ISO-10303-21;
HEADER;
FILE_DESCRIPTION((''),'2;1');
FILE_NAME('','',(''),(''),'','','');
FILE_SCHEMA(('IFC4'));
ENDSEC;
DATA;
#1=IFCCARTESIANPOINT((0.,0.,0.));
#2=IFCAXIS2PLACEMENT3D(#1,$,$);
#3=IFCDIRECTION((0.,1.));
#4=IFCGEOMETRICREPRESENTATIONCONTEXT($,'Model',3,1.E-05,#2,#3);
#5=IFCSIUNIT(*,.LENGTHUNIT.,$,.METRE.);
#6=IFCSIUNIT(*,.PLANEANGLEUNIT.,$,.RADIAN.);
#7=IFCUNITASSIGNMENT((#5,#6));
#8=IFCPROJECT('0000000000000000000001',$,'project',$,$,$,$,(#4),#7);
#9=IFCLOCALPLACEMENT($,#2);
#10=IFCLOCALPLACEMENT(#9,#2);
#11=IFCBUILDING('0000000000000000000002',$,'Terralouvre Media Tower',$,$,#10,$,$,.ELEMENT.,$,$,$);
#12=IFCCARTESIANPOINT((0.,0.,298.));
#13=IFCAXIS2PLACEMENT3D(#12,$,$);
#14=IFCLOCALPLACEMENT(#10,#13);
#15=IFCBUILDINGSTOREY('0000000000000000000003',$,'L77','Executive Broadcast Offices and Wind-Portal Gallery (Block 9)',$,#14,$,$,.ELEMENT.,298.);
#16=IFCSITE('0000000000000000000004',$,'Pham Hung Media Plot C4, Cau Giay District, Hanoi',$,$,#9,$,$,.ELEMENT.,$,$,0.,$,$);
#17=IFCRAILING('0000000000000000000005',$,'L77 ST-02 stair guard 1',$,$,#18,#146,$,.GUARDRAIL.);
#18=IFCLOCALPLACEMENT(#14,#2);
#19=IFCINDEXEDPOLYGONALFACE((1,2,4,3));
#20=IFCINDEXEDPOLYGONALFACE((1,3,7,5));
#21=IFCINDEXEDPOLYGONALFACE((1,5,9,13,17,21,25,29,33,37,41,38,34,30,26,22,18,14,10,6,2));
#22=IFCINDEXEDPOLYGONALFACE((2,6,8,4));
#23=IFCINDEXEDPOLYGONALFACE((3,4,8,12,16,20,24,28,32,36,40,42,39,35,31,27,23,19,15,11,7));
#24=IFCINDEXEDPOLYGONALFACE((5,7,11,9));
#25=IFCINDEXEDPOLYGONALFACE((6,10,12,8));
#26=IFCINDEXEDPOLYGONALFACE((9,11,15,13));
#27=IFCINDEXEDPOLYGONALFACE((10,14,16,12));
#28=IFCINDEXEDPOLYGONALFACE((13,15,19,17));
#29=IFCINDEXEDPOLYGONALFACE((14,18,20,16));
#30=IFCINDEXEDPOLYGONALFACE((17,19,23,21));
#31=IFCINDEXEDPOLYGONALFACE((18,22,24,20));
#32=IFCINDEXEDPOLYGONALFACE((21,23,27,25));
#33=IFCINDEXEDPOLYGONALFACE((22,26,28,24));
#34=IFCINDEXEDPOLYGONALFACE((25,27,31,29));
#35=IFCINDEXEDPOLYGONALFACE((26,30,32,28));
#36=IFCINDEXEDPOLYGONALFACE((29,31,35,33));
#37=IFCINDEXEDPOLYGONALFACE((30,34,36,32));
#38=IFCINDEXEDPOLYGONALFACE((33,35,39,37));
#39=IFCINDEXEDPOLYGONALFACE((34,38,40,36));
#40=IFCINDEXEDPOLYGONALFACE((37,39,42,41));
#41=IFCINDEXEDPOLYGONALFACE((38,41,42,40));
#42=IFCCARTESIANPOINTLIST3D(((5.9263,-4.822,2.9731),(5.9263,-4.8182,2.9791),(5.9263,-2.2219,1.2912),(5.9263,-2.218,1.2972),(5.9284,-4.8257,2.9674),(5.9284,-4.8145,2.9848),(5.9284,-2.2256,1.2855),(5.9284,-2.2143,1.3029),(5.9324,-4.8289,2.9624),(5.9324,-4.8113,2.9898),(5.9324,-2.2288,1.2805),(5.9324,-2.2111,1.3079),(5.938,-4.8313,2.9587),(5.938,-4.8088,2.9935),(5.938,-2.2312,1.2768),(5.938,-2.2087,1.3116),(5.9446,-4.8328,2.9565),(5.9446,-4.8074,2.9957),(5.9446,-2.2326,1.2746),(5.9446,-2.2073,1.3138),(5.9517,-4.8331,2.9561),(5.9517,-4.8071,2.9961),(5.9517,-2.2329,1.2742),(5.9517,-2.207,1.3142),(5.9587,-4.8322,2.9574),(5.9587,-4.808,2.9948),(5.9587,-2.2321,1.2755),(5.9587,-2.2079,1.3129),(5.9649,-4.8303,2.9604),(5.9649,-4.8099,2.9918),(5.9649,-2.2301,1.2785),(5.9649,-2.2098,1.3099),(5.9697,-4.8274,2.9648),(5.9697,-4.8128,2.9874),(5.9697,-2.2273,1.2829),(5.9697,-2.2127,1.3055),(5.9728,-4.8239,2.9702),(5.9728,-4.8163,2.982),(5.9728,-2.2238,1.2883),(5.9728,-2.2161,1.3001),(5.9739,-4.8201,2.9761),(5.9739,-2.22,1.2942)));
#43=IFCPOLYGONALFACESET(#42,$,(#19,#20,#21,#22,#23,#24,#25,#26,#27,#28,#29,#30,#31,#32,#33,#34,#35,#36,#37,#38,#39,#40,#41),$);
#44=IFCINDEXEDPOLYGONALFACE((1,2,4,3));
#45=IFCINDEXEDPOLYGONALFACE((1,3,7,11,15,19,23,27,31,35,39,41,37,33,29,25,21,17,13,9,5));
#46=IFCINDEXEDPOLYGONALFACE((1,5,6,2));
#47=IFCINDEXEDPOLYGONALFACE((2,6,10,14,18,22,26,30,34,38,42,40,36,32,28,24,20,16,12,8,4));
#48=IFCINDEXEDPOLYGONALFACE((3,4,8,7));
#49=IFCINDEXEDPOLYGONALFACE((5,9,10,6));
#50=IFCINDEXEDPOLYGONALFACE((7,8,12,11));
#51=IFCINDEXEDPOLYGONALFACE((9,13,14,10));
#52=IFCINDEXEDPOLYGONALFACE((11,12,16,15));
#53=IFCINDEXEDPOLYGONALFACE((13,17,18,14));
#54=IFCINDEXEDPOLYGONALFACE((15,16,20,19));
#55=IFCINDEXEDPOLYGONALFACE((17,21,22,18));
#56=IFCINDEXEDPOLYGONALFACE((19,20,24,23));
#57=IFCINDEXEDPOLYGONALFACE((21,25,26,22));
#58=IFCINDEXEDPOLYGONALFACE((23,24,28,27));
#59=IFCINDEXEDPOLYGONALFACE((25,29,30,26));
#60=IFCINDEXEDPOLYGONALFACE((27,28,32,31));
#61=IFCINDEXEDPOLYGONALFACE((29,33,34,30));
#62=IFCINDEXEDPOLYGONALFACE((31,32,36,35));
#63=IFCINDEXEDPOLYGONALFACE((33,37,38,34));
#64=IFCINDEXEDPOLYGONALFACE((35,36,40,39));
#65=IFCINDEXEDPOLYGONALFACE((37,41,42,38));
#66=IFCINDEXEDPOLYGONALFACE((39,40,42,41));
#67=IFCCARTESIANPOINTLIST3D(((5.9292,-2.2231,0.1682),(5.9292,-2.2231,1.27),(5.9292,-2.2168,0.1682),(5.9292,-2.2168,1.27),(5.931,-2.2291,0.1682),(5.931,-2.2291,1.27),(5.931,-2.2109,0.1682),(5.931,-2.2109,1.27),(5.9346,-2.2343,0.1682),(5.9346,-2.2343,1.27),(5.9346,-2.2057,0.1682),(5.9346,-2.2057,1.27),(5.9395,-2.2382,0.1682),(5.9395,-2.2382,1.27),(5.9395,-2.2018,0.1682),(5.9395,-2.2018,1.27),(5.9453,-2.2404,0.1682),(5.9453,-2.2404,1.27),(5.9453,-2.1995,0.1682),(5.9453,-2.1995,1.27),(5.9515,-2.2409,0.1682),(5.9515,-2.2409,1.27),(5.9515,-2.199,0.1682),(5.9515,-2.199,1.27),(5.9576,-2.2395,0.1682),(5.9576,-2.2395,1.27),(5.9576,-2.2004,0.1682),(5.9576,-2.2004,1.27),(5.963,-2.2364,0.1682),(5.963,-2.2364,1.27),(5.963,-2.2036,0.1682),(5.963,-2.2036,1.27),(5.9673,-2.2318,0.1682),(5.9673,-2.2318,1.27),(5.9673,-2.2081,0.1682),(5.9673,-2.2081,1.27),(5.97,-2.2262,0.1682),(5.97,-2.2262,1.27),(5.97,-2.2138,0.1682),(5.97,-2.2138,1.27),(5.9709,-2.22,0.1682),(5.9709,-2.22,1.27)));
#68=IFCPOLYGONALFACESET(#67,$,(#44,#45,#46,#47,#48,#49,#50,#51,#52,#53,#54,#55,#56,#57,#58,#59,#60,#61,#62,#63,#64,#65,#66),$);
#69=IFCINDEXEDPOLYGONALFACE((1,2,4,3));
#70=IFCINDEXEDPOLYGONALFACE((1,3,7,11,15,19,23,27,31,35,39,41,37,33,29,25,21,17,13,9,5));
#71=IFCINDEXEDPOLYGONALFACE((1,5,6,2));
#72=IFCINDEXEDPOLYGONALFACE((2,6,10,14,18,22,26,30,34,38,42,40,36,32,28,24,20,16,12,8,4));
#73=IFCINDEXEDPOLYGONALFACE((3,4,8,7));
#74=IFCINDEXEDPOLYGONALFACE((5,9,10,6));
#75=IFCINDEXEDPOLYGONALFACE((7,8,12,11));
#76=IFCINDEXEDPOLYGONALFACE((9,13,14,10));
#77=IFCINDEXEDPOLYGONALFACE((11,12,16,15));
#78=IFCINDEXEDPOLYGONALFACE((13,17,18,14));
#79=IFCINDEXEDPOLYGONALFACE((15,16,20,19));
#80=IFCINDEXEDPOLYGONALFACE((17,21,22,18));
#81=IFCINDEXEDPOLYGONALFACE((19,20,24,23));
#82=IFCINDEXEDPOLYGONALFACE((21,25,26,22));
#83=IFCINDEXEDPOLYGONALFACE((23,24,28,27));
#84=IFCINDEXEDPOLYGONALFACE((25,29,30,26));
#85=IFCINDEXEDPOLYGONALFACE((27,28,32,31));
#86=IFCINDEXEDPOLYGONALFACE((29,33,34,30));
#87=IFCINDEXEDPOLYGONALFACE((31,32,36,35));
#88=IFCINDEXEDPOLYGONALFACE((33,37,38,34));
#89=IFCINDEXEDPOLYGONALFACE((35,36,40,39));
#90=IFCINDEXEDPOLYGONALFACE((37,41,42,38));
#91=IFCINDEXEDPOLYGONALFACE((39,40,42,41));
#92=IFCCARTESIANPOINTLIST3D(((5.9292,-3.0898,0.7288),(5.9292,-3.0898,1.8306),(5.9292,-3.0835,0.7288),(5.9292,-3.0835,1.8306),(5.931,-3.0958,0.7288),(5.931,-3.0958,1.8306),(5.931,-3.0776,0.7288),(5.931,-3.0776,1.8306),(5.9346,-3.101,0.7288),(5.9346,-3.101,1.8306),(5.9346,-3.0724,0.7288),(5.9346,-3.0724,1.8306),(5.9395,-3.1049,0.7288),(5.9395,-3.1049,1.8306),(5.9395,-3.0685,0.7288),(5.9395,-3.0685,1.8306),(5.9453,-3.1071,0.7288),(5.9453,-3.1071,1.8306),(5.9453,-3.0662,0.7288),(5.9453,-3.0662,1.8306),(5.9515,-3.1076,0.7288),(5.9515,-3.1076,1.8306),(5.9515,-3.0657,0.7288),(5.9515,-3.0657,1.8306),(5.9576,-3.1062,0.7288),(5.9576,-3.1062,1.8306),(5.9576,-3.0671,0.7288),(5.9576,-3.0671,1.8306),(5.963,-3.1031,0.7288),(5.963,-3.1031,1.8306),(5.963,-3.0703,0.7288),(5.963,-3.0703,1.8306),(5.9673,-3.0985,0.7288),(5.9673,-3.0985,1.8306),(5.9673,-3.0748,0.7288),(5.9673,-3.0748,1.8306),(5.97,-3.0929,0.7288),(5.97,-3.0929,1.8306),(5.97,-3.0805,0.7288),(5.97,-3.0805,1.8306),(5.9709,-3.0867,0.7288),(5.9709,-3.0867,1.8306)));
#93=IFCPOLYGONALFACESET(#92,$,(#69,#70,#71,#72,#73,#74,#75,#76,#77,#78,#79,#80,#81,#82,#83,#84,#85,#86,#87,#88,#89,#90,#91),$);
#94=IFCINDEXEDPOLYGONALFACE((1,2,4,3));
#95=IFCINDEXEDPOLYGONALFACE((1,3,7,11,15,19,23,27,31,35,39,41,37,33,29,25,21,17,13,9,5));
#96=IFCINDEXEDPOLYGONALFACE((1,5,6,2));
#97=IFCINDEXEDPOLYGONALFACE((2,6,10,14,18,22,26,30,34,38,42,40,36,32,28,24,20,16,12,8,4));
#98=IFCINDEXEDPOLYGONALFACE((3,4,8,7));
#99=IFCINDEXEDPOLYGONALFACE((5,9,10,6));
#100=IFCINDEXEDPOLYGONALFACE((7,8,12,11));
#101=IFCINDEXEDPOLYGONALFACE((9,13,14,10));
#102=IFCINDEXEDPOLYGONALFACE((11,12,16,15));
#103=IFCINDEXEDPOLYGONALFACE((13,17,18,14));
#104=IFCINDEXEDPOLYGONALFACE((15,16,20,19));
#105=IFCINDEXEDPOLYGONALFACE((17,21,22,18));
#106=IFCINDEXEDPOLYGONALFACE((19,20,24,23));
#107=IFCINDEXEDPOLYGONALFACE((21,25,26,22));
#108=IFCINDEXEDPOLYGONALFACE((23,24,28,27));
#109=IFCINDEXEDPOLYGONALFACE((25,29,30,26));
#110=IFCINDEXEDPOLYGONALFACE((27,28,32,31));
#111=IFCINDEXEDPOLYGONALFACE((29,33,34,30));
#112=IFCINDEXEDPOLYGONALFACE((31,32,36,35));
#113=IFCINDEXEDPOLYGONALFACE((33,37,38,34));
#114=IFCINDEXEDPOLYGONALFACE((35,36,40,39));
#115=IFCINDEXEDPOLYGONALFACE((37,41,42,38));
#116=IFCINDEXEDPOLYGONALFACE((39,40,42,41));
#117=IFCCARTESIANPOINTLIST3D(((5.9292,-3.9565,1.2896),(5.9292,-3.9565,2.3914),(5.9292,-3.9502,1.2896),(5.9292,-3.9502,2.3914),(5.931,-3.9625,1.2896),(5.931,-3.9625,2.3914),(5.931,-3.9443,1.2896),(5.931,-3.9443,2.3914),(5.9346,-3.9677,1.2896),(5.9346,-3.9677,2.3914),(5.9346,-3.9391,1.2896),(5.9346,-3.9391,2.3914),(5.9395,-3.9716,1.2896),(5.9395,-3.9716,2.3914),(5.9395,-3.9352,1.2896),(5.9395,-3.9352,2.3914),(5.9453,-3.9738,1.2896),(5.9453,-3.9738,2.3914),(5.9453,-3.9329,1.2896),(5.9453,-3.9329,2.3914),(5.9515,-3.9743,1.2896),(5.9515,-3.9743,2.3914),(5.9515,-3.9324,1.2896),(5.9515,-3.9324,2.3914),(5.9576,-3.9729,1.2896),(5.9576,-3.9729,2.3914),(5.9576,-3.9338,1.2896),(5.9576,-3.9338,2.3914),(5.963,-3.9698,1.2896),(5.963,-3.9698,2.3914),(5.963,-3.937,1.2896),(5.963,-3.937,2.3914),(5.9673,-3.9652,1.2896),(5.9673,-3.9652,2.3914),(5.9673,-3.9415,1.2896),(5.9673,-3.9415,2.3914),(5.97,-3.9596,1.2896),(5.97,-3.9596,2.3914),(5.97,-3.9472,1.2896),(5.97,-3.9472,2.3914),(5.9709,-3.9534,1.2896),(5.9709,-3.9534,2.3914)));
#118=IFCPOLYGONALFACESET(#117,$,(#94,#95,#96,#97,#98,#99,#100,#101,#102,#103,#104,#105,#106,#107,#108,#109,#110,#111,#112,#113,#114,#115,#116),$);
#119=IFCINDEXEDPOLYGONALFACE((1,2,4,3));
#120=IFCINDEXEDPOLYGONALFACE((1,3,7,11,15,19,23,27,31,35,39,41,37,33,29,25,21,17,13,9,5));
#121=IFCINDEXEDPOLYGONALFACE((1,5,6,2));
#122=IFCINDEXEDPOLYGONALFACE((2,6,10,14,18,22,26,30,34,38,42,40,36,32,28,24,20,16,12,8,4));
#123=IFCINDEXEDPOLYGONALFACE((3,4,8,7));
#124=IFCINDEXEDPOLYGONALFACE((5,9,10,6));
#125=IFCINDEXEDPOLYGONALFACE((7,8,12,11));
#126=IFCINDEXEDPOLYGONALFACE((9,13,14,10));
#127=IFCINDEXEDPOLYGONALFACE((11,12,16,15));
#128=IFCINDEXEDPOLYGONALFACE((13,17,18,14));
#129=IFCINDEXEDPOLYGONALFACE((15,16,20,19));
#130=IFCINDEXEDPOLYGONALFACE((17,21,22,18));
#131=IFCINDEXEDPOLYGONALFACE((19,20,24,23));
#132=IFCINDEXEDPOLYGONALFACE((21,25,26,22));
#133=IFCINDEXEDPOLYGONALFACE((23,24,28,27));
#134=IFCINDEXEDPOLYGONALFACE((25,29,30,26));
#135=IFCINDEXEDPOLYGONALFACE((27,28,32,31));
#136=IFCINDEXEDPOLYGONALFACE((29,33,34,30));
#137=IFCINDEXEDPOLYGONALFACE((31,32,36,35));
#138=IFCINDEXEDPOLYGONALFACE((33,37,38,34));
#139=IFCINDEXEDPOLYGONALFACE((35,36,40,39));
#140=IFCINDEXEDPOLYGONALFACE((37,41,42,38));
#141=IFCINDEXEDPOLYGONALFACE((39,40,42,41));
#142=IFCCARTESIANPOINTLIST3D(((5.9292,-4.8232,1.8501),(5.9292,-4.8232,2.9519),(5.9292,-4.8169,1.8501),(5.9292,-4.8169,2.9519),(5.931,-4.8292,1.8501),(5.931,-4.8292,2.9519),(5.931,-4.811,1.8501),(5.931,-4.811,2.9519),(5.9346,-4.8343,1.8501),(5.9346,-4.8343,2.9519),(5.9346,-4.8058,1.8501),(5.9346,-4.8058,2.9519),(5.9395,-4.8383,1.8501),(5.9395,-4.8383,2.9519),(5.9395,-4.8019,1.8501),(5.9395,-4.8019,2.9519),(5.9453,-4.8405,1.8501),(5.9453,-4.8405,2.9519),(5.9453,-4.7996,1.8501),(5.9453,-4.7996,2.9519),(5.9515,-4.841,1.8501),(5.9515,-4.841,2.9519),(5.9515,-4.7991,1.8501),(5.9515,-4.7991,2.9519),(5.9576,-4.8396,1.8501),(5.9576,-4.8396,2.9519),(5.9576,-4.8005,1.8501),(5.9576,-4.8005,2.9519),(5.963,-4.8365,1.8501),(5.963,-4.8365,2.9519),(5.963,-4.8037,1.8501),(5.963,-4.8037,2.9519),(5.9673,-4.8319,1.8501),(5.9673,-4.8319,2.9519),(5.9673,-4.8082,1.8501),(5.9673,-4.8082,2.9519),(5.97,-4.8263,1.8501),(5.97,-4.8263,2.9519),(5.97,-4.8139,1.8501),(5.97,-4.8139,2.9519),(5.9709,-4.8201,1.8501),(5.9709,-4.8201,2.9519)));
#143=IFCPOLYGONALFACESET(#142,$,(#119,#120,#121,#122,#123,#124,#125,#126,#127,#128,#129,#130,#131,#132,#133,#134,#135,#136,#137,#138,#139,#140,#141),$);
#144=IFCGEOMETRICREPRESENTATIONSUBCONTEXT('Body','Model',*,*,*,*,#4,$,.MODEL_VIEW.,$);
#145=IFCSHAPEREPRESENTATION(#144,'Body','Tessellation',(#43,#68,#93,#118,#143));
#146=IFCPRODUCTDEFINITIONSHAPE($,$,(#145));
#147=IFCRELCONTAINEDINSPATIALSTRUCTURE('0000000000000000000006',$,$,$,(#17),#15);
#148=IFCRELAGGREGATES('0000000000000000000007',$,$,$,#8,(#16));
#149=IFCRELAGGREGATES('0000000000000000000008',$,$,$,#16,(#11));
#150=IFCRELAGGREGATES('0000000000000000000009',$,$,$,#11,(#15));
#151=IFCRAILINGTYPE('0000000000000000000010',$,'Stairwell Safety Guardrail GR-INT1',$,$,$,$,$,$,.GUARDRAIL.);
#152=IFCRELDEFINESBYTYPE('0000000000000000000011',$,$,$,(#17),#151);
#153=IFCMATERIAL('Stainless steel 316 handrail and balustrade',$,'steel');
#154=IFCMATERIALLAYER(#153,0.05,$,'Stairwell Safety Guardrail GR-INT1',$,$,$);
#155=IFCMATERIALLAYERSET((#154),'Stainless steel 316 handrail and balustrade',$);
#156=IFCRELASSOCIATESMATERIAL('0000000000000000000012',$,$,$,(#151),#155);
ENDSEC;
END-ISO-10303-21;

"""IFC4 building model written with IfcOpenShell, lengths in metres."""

from ifc_helpers import new_model, si_unit, direction, frame, origin, origin_2d, place, context, subcontext, project, spatial, circle, extrude, material, layer, layer_set, type_object, element, save


model = new_model("IFC4")

# Units and contexts
model_context = context("Model", 3, precision=1e-05, world=origin(), true_north=direction((0.0, 1.0)))
body_context = subcontext(model_context, "Body", "Model", "MODEL_VIEW")
ifc_project = project(units=[si_unit("LENGTHUNIT", "METRE"), si_unit("PLANEANGLEUNIT", "RADIAN")], contexts=[model_context])

# Site, building, storey
site_placement = place(None, origin())
site = spatial("IfcSite", under=ifc_project, at=site_placement, Name="Pham Hung Media Plot C4, Cau Giay District, Hanoi", CompositionType="ELEMENT", RefElevation=0.0)
building_placement = place(site_placement, origin())
building = spatial("IfcBuilding", under=site, at=building_placement, Name="Terralouvre Media Tower", CompositionType="ELEMENT")
storey_placement = place(building_placement, frame((0.0, 0.0, 298.0)))
storey = spatial("IfcBuildingStorey", under=building, at=storey_placement, Name="L77", Description="Executive Broadcast Offices and Wind-Portal Gallery (Block 9)", CompositionType="ELEMENT", Elevation=298.0)

# Railing
ifc_material_1 = material(Name="Stainless steel 316 handrail and balustrade", Category="steel")
ifc_layer_1 = layer(ifc_material_1, 0.05, Name="Stairwell Safety Guardrail GR-INT1")
ifc_layer_set_1 = layer_set([ifc_layer_1], Name="Stainless steel 316 handrail and balustrade")
railing_type_1 = type_object("IfcRailingType", Name="Stairwell Safety Guardrail GR-INT1", PredefinedType="GUARDRAIL", material=ifc_layer_set_1)
railing_1_placement = place(storey_placement, frame((5.95, -2.22, 0.1682)))
element("IfcRailing", 1, at=railing_1_placement, inside=storey, type_object=railing_type_1, Name="L77 ST-02 stair guard 1", PredefinedType="GUARDRAIL", context=body_context, shape_type="SweptSolid", body=[
    extrude(circle(Radius=0.0239, at=origin_2d()), frame((0.0, 0.0, 1.126), z_axis=(0.0, -0.839648, 0.54313), x_axis=(1.0, 0.0, 0.0)), (0.0, 0.0, 1.0), 3.0967),
    extrude(circle(Radius=0.021, at=origin_2d()), origin(), (0.0, 0.0, 1.0), 1.1018),
    extrude(circle(Radius=0.021, at=origin_2d()), frame((0.0, -0.8667, 0.5605)), (0.0, 0.0, 1.0), 1.1018),
    extrude(circle(Radius=0.021, at=origin_2d()), frame((0.0, -1.7334, 1.1213)), (0.0, 0.0, 1.0), 1.1018),
    extrude(circle(Radius=0.021, at=origin_2d()), frame((0.0, -2.6001, 1.6819)), (0.0, 0.0, 1.0), 1.1018),
])

save(model, "model.ifc")
